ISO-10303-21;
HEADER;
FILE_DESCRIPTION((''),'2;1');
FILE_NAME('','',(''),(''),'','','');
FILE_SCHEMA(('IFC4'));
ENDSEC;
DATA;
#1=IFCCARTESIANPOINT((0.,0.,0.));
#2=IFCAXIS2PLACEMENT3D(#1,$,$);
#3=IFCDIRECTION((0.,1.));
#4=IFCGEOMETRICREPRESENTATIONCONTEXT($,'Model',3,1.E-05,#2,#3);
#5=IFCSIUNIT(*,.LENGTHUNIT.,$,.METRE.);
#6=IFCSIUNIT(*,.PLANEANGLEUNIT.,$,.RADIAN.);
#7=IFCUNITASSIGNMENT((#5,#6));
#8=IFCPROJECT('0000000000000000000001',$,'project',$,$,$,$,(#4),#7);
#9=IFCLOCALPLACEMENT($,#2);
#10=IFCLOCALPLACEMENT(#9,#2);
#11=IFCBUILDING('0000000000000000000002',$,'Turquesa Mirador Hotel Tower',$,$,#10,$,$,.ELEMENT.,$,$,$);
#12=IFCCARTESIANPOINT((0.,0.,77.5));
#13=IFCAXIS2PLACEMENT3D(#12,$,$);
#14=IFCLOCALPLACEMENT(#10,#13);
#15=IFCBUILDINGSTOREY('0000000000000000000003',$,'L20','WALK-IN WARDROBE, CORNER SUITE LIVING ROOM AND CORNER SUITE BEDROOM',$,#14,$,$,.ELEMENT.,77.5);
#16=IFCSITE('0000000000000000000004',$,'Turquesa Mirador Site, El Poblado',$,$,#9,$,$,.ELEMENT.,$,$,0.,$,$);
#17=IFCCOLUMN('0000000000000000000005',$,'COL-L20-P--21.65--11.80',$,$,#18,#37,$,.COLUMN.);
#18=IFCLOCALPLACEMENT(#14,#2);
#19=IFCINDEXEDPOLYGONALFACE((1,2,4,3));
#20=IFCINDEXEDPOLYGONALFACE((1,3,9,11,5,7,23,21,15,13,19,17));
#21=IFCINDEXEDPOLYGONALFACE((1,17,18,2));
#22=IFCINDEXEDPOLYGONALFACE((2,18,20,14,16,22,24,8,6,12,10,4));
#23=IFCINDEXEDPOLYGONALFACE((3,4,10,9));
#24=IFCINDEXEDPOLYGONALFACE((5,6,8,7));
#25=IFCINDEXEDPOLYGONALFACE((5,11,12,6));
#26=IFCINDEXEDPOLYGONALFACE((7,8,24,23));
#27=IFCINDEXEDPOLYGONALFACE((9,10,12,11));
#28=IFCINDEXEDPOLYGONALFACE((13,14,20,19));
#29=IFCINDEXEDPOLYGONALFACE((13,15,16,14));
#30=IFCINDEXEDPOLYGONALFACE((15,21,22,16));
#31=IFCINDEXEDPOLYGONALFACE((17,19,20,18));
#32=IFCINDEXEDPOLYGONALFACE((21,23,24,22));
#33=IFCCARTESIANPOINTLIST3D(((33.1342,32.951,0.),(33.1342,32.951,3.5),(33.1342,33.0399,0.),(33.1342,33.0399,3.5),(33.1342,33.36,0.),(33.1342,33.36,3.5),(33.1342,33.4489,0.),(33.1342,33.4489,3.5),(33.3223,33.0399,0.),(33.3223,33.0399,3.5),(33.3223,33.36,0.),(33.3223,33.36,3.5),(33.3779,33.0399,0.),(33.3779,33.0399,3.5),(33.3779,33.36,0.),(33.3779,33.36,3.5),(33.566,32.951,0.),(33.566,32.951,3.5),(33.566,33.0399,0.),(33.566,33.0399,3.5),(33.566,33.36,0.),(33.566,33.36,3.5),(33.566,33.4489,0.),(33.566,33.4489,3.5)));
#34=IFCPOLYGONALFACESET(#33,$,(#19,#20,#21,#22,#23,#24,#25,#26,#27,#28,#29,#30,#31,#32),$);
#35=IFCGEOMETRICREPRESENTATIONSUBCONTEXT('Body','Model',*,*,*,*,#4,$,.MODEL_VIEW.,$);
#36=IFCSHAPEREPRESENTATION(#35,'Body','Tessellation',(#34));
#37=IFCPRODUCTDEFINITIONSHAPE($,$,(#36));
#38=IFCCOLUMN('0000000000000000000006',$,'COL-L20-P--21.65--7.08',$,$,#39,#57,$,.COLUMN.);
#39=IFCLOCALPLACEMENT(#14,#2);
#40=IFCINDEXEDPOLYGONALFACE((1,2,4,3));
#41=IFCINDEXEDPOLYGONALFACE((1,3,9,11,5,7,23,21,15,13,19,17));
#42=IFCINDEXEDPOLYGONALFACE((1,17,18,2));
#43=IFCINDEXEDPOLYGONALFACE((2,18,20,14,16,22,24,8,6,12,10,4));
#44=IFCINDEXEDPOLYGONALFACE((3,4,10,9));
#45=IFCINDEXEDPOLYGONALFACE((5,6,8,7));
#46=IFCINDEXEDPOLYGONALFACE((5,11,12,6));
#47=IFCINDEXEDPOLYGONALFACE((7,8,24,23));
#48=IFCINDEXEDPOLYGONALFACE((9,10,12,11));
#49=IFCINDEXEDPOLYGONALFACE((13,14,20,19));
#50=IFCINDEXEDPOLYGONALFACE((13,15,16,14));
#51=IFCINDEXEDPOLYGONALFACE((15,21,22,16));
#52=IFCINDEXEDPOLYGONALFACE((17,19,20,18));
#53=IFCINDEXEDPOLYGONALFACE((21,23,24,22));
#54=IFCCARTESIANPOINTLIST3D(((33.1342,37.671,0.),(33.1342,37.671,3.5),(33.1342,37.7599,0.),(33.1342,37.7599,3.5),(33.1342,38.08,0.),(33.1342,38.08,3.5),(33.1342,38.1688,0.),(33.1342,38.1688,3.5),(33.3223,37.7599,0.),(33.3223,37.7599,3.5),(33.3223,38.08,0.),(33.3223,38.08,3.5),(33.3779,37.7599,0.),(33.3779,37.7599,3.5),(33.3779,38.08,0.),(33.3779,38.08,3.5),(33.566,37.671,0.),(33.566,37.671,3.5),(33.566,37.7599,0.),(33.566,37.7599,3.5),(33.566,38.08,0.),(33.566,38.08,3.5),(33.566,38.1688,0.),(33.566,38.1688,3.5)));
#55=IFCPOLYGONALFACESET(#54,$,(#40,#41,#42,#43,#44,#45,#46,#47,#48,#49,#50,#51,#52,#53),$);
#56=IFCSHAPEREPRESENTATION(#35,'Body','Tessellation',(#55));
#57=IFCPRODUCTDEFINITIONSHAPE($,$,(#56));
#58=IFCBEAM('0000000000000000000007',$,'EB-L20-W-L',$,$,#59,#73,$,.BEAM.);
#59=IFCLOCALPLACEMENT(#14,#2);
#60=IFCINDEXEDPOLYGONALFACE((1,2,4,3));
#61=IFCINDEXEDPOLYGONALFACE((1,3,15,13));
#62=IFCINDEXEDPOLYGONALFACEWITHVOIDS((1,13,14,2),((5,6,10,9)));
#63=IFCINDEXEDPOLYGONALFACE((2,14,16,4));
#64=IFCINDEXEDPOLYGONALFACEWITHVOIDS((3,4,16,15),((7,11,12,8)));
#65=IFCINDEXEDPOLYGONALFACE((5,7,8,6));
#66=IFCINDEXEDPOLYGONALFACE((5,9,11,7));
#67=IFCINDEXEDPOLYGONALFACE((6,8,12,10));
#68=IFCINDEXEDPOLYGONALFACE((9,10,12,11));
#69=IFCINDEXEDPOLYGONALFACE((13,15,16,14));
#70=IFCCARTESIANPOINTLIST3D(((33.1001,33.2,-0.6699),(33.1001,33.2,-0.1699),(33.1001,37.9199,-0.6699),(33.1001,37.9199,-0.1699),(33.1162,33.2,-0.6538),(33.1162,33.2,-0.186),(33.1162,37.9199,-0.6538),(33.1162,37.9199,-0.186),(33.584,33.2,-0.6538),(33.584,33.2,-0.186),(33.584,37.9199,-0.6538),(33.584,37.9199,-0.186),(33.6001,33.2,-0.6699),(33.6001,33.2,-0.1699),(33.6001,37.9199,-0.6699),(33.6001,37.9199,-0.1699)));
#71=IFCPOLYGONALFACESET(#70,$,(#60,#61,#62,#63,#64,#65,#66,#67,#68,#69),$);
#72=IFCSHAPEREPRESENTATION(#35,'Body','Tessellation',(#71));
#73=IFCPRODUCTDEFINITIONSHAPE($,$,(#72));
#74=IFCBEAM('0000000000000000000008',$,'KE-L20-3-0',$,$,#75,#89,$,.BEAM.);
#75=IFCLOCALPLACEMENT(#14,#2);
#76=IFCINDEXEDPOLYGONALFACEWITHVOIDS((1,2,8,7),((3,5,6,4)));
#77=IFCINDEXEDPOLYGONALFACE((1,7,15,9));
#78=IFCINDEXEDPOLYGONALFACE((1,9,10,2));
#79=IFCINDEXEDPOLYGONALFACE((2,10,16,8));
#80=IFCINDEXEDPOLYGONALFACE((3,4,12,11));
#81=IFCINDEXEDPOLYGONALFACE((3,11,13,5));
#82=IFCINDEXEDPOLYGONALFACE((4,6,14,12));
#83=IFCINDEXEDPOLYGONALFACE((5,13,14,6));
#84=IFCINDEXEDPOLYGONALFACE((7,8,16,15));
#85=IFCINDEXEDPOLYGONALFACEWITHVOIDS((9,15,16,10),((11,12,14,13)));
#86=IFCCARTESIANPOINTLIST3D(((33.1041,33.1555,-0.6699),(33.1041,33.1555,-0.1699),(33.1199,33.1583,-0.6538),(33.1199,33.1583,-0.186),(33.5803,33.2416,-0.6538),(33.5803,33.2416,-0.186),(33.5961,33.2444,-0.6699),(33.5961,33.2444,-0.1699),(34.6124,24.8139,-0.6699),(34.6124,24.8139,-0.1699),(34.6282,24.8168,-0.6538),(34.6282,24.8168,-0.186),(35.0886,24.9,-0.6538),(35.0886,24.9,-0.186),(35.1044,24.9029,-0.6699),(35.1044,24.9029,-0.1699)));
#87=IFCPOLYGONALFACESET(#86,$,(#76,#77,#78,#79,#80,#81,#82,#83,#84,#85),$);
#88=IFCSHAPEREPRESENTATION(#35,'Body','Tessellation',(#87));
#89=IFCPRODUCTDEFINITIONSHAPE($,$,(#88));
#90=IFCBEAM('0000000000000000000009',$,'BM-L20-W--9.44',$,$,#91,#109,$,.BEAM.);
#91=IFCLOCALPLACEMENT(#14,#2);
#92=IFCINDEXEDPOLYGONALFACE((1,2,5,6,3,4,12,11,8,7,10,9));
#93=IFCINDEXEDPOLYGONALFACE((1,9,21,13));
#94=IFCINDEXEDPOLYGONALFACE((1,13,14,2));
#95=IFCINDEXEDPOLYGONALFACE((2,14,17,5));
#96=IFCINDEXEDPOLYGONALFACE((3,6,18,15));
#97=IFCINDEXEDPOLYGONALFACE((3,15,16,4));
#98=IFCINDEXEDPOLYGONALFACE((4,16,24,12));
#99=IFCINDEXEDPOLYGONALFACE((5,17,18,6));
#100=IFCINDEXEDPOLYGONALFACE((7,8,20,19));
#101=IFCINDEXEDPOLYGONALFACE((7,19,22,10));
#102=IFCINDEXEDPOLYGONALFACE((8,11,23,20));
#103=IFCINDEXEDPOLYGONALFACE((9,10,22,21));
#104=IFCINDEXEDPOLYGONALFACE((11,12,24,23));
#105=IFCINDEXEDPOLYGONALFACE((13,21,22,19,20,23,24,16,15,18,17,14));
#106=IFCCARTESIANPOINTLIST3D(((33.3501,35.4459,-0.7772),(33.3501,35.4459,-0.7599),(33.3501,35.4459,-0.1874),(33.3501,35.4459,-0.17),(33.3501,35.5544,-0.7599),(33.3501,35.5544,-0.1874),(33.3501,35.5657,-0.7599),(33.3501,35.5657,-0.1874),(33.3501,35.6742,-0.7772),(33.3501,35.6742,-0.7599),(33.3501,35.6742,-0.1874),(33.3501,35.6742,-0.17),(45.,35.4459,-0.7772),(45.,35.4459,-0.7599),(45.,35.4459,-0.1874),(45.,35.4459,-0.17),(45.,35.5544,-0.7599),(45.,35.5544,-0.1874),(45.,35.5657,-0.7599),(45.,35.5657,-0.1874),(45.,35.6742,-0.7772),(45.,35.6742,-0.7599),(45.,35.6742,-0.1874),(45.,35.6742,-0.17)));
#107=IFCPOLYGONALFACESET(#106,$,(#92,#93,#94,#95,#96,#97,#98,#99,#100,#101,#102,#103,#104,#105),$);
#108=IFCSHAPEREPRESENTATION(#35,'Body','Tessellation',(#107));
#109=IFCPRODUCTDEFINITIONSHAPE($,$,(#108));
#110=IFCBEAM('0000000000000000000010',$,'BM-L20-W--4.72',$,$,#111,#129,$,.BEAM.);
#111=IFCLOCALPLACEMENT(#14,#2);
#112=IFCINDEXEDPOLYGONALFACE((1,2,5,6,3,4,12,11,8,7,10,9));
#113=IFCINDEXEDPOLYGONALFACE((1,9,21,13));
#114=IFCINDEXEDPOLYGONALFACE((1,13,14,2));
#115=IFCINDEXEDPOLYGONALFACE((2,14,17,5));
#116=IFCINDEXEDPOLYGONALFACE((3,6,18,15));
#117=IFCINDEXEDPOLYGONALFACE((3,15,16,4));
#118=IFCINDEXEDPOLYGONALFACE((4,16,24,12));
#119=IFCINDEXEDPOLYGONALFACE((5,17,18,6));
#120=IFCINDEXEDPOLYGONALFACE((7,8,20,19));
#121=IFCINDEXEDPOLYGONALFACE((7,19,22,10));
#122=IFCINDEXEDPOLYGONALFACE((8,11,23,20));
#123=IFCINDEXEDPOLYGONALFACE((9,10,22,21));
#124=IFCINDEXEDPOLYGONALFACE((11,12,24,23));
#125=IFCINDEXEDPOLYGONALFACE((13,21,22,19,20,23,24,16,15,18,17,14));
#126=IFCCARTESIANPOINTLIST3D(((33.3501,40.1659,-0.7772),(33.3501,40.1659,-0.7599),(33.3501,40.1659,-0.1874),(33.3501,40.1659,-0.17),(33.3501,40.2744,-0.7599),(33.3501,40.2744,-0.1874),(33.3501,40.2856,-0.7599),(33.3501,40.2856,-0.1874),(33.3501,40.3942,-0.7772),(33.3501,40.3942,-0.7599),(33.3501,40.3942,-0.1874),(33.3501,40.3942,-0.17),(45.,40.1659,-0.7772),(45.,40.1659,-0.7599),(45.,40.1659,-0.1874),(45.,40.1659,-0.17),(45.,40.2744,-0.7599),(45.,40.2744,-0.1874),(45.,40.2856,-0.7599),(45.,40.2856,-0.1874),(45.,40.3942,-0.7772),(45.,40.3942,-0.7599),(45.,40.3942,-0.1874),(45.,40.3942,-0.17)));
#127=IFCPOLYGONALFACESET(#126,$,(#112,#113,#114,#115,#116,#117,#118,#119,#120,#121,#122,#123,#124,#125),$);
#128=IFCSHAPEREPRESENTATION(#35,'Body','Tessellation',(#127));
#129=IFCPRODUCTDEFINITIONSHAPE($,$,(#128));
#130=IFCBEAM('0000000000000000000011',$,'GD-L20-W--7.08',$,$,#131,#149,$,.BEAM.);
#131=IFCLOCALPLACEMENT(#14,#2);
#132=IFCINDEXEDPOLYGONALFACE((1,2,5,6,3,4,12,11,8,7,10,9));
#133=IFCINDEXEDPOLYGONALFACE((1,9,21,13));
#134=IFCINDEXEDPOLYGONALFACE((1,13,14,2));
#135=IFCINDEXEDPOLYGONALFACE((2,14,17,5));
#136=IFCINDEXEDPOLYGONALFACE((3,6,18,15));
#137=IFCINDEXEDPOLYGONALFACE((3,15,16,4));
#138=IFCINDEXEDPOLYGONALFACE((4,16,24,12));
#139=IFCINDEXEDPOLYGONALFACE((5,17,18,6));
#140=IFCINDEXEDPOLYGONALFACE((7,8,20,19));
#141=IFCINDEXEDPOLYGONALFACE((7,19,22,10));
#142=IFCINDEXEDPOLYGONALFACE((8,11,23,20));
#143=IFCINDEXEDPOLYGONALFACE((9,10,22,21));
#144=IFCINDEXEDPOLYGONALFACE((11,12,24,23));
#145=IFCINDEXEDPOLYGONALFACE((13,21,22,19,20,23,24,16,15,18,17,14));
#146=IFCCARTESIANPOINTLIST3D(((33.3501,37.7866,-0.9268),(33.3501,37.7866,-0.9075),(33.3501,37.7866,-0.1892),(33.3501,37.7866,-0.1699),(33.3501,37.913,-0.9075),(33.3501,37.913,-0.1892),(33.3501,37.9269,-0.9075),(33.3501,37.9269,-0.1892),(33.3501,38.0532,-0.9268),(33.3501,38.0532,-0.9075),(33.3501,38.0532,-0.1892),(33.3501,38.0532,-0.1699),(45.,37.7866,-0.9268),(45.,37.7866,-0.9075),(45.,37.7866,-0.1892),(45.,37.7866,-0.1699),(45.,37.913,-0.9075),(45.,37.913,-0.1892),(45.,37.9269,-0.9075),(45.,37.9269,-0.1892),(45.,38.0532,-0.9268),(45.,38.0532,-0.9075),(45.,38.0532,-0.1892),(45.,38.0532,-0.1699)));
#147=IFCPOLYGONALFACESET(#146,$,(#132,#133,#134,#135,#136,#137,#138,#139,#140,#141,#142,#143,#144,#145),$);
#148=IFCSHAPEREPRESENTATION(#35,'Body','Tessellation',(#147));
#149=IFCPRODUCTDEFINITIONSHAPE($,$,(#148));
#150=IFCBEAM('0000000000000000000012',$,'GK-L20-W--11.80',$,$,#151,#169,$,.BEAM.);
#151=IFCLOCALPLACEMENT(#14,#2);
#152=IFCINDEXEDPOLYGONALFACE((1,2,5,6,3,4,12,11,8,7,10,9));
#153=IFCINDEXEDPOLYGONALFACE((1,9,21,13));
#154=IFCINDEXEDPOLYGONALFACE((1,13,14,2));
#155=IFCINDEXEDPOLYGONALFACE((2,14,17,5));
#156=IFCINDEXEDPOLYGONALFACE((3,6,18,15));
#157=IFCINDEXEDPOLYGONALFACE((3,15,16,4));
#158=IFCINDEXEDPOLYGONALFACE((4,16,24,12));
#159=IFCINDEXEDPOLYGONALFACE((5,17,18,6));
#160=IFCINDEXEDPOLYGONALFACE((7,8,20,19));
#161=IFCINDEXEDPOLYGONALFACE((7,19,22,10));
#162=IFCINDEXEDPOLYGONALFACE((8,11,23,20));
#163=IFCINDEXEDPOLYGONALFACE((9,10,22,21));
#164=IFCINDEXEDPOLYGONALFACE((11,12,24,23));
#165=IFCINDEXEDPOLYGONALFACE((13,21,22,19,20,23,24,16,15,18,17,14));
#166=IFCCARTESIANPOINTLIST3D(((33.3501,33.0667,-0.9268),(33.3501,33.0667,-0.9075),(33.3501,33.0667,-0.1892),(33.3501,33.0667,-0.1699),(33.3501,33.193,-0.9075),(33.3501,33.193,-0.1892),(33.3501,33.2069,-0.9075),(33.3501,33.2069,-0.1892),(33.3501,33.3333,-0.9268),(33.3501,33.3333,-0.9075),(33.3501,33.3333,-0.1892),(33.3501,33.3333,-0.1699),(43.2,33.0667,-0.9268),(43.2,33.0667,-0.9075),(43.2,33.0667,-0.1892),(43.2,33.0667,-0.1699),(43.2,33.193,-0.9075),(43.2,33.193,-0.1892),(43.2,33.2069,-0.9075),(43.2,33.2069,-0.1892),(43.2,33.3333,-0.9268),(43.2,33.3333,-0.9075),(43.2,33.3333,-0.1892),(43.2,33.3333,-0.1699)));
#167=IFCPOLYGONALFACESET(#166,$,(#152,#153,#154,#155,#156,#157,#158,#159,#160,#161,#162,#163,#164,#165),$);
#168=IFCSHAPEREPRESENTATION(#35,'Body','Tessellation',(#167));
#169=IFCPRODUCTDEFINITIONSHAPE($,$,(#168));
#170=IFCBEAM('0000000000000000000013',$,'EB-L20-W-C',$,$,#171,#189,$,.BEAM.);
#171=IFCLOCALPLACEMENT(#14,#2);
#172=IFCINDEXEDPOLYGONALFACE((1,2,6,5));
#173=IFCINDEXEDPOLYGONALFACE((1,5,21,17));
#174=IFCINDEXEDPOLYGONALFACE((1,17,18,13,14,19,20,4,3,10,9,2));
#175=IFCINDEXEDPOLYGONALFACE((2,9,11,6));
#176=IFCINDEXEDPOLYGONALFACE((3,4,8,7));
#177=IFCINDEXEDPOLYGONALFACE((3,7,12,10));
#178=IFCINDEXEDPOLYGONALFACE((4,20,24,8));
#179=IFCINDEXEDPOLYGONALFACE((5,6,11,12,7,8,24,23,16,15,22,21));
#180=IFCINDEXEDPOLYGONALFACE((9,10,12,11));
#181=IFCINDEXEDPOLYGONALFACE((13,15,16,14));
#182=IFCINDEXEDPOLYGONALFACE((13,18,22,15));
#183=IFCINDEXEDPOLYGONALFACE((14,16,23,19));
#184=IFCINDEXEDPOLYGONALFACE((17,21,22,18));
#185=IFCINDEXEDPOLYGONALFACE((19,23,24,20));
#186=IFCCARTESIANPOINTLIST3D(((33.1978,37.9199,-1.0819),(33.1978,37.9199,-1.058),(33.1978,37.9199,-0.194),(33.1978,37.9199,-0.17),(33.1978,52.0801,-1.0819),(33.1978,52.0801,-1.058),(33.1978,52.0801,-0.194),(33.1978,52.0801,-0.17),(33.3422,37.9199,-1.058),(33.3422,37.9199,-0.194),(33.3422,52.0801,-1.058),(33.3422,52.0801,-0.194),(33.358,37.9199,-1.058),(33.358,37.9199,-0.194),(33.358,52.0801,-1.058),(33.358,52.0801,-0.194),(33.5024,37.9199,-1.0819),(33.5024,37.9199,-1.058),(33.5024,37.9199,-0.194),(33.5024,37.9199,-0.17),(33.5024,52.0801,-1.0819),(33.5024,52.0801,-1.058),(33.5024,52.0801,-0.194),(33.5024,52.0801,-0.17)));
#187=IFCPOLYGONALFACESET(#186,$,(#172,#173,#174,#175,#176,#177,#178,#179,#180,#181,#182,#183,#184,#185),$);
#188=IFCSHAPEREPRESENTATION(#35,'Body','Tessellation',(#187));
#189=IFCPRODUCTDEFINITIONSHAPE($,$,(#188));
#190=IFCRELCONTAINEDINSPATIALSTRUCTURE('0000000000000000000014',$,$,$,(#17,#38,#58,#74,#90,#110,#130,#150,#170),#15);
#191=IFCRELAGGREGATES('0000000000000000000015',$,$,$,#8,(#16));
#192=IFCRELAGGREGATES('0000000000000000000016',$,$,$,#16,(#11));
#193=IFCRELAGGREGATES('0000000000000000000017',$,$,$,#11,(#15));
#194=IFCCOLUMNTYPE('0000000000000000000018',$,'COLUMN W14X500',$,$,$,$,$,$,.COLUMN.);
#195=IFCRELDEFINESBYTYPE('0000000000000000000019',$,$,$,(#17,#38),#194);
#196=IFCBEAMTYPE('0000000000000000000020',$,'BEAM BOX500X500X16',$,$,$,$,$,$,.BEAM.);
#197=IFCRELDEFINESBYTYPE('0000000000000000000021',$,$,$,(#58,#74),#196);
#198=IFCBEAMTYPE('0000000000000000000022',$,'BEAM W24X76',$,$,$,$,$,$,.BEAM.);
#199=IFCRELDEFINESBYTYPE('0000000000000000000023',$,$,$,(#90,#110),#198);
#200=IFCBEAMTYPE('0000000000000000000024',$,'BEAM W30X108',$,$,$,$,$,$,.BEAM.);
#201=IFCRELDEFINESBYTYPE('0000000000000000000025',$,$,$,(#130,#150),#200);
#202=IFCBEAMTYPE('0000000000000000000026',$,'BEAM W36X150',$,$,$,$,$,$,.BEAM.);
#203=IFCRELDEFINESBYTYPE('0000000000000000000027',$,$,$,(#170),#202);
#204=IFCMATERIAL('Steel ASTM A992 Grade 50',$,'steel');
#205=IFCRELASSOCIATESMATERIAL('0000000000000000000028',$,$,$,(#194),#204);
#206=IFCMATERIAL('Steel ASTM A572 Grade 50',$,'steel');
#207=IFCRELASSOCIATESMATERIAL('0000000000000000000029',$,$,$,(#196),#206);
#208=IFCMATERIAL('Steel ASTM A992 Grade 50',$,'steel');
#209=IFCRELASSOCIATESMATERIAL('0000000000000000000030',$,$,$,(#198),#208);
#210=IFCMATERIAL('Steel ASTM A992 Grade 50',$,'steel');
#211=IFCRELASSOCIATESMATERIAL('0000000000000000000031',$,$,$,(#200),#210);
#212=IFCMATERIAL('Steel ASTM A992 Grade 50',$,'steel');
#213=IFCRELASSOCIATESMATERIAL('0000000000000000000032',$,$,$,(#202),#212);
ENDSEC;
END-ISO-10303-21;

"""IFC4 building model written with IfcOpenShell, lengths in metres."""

from ifc_helpers import new_model, si_unit, direction, frame, origin, origin_2d, place, context, subcontext, project, spatial, hollow_rectangle, i_section, extrude, material, material_profile, profile_set, type_object, element, save


model = new_model("IFC4")

# Units and contexts
model_context = context("Model", 3, precision=1e-05, world=origin(), true_north=direction((0.0, 1.0)))
body_context = subcontext(model_context, "Body", "Model", "MODEL_VIEW")
ifc_project = project(units=[si_unit("LENGTHUNIT", "METRE"), si_unit("PLANEANGLEUNIT", "RADIAN")], contexts=[model_context])

# Site, building, storey
site_placement = place(None, origin())
site = spatial("IfcSite", under=ifc_project, at=site_placement, Name="Turquesa Mirador Site, El Poblado", CompositionType="ELEMENT", RefElevation=0.0)
building_placement = place(site_placement, origin())
building = spatial("IfcBuilding", under=site, at=building_placement, Name="Turquesa Mirador Hotel Tower", CompositionType="ELEMENT")
storey_placement = place(building_placement, frame((0.0, 0.0, 77.5)))
storey = spatial("IfcBuildingStorey", under=building, at=storey_placement, Name="L20", Description="WALK-IN WARDROBE, CORNER SUITE LIVING ROOM AND CORNER SUITE BEDROOM", CompositionType="ELEMENT", Elevation=77.5)

# Columns
ifc_material_1 = material(Name="Steel ASTM A992 Grade 50", Category="steel")
ifc_material_profile_1 = material_profile(ifc_material_1, i_section(OverallWidth=0.4319, OverallDepth=0.4978, WebThickness=0.0557, FlangeThickness=0.0889, at=origin_2d()), Name="W14X500")
ifc_profile_set_1 = profile_set([ifc_material_profile_1], Name="Steel ASTM A992 Grade 50")
column_type = type_object("IfcColumnType", Name="COLUMN W14X500", PredefinedType="COLUMN", material=ifc_profile_set_1)
for number, where, z_axis, x_axis, name in (
    (1, (33.3501, 33.2, 0.0), (0.0, 0.0, 1.0), (1.0, 0.0, 0.0), "COL-L20-P--21.65--11.80"),
    (2, (33.3501, 37.9199, 0.0), (0.0, 0.0, 1.0), (1.0, 0.0, 0.0), "COL-L20-P--21.65--7.08"),
):
    element("IfcColumn", number, at=place(storey_placement, frame(where, z_axis=z_axis, x_axis=x_axis)), inside=storey, type_object=column_type, Name=name, PredefinedType="COLUMN", context=body_context, shape_type="SweptSolid", body=[
        extrude(i_section(OverallWidth=0.4319, OverallDepth=0.4978, WebThickness=0.0557, FlangeThickness=0.0889, at=origin_2d()), origin(), (0.0, 0.0, 1.0), 3.5),
    ])

# Beams
ifc_material_2 = material(Name="Steel ASTM A572 Grade 50", Category="steel")
ifc_material_profile_2 = material_profile(ifc_material_2, hollow_rectangle(XDim=0.5, YDim=0.5, WallThickness=0.0161, at=origin_2d()), Name="BOX500X500X16")
ifc_profile_set_2 = profile_set([ifc_material_profile_2], Name="Steel ASTM A572 Grade 50")
beam_type_1 = type_object("IfcBeamType", Name="BEAM BOX500X500X16", PredefinedType="BEAM", material=ifc_profile_set_2)
beam_1_placement = place(storey_placement, frame((33.3501, 33.2, -0.4199), z_axis=(0.0, 1.0, 0.0), x_axis=(-1.0, 0.0, 0.0)))
element("IfcBeam", 3, at=beam_1_placement, inside=storey, type_object=beam_type_1, Name="EB-L20-W-L", PredefinedType="BEAM", context=body_context, shape_type="SweptSolid", body=[
    extrude(hollow_rectangle(XDim=0.5, YDim=0.5, WallThickness=0.0161, at=origin_2d()), origin(), (0.0, 0.0, 1.0), 4.72),
])
beam_2_placement = place(storey_placement, frame((33.3501, 33.2, -0.4199), z_axis=(0.177932, -0.984043, 0.0), x_axis=(0.984043, 0.177932, 0.0)))
element("IfcBeam", 4, at=beam_2_placement, inside=storey, type_object=beam_type_1, Name="KE-L20-3-0", PredefinedType="BEAM", context=body_context, shape_type="SweptSolid", body=[
    extrude(hollow_rectangle(XDim=0.5, YDim=0.5, WallThickness=0.0161, at=origin_2d()), origin(), (0.0, 0.0, 1.0), 8.4768),
])
ifc_material_3 = material(Name="Steel ASTM A992 Grade 50", Category="steel")
ifc_material_profile_3 = material_profile(ifc_material_3, i_section(OverallWidth=0.2283, OverallDepth=0.6072, WebThickness=0.0112, FlangeThickness=0.0173, at=origin_2d()), Name="W24X76")
ifc_profile_set_3 = profile_set([ifc_material_profile_3], Name="Steel ASTM A992 Grade 50")
beam_type_2 = type_object("IfcBeamType", Name="BEAM W24X76", PredefinedType="BEAM", material=ifc_profile_set_3)
for number, where, z_axis, x_axis, name in (
    (5, (33.3501, 35.5601, -0.4736), (1.0, 0.0, 0.0), (0.0, 1.0, 0.0), "BM-L20-W--9.44"),
    (6, (33.3501, 40.28, -0.4736), (1.0, 0.0, 0.0), (0.0, 1.0, 0.0), "BM-L20-W--4.72"),
):
    element("IfcBeam", number, at=place(storey_placement, frame(where, z_axis=z_axis, x_axis=x_axis)), inside=storey, type_object=beam_type_2, Name=name, PredefinedType="BEAM", context=body_context, shape_type="SweptSolid", body=[
        extrude(i_section(OverallWidth=0.2283, OverallDepth=0.6072, WebThickness=0.0112, FlangeThickness=0.0173, at=origin_2d()), origin(), (0.0, 0.0, 1.0), 11.6499),
    ])
ifc_material_4 = material(Name="Steel ASTM A992 Grade 50", Category="steel")
ifc_material_profile_4 = material_profile(ifc_material_4, i_section(OverallWidth=0.2666, OverallDepth=0.7568, WebThickness=0.0139, FlangeThickness=0.0193, at=origin_2d()), Name="W30X108")
ifc_profile_set_4 = profile_set([ifc_material_profile_4], Name="Steel ASTM A992 Grade 50")
beam_type_3 = type_object("IfcBeamType", Name="BEAM W30X108", PredefinedType="BEAM", material=ifc_profile_set_4)
beam_3_placement = place(storey_placement, frame((33.3501, 37.9199, -0.5483), z_axis=(1.0, 0.0, 0.0), x_axis=(0.0, 1.0, 0.0)))
element("IfcBeam", 7, at=beam_3_placement, inside=storey, type_object=beam_type_3, Name="GD-L20-W--7.08", PredefinedType="BEAM", context=body_context, shape_type="SweptSolid", body=[
    extrude(i_section(OverallWidth=0.2666, OverallDepth=0.7568, WebThickness=0.0139, FlangeThickness=0.0193, at=origin_2d()), origin(), (0.0, 0.0, 1.0), 11.6499),
])
beam_4_placement = place(storey_placement, frame((33.3501, 33.2, -0.5483), z_axis=(1.0, 0.0, 0.0), x_axis=(0.0, 1.0, 0.0)))
element("IfcBeam", 8, at=beam_4_placement, inside=storey, type_object=beam_type_3, Name="GK-L20-W--11.80", PredefinedType="BEAM", context=body_context, shape_type="SweptSolid", body=[
    extrude(i_section(OverallWidth=0.2666, OverallDepth=0.7568, WebThickness=0.0139, FlangeThickness=0.0193, at=origin_2d()), origin(), (0.0, 0.0, 1.0), 9.8499),
])
ifc_material_5 = material(Name="Steel ASTM A992 Grade 50", Category="steel")
ifc_material_profile_5 = material_profile(ifc_material_5, i_section(OverallWidth=0.3047, OverallDepth=0.9119, WebThickness=0.0159, FlangeThickness=0.0239, at=origin_2d()), Name="W36X150")
ifc_profile_set_5 = profile_set([ifc_material_profile_5], Name="Steel ASTM A992 Grade 50")
beam_type_4 = type_object("IfcBeamType", Name="BEAM W36X150", PredefinedType="BEAM", material=ifc_profile_set_5)
beam_5_placement = place(storey_placement, frame((33.3501, 37.9199, -0.626), z_axis=(0.0, 1.0, 0.0), x_axis=(-1.0, 0.0, 0.0)))
element("IfcBeam", 9, at=beam_5_placement, inside=storey, type_object=beam_type_4, Name="EB-L20-W-C", PredefinedType="BEAM", context=body_context, shape_type="SweptSolid", body=[
    extrude(i_section(OverallWidth=0.3047, OverallDepth=0.9119, WebThickness=0.0159, FlangeThickness=0.0239, at=origin_2d()), origin(), (0.0, 0.0, 1.0), 14.1602),
])

save(model, "model.ifc")
